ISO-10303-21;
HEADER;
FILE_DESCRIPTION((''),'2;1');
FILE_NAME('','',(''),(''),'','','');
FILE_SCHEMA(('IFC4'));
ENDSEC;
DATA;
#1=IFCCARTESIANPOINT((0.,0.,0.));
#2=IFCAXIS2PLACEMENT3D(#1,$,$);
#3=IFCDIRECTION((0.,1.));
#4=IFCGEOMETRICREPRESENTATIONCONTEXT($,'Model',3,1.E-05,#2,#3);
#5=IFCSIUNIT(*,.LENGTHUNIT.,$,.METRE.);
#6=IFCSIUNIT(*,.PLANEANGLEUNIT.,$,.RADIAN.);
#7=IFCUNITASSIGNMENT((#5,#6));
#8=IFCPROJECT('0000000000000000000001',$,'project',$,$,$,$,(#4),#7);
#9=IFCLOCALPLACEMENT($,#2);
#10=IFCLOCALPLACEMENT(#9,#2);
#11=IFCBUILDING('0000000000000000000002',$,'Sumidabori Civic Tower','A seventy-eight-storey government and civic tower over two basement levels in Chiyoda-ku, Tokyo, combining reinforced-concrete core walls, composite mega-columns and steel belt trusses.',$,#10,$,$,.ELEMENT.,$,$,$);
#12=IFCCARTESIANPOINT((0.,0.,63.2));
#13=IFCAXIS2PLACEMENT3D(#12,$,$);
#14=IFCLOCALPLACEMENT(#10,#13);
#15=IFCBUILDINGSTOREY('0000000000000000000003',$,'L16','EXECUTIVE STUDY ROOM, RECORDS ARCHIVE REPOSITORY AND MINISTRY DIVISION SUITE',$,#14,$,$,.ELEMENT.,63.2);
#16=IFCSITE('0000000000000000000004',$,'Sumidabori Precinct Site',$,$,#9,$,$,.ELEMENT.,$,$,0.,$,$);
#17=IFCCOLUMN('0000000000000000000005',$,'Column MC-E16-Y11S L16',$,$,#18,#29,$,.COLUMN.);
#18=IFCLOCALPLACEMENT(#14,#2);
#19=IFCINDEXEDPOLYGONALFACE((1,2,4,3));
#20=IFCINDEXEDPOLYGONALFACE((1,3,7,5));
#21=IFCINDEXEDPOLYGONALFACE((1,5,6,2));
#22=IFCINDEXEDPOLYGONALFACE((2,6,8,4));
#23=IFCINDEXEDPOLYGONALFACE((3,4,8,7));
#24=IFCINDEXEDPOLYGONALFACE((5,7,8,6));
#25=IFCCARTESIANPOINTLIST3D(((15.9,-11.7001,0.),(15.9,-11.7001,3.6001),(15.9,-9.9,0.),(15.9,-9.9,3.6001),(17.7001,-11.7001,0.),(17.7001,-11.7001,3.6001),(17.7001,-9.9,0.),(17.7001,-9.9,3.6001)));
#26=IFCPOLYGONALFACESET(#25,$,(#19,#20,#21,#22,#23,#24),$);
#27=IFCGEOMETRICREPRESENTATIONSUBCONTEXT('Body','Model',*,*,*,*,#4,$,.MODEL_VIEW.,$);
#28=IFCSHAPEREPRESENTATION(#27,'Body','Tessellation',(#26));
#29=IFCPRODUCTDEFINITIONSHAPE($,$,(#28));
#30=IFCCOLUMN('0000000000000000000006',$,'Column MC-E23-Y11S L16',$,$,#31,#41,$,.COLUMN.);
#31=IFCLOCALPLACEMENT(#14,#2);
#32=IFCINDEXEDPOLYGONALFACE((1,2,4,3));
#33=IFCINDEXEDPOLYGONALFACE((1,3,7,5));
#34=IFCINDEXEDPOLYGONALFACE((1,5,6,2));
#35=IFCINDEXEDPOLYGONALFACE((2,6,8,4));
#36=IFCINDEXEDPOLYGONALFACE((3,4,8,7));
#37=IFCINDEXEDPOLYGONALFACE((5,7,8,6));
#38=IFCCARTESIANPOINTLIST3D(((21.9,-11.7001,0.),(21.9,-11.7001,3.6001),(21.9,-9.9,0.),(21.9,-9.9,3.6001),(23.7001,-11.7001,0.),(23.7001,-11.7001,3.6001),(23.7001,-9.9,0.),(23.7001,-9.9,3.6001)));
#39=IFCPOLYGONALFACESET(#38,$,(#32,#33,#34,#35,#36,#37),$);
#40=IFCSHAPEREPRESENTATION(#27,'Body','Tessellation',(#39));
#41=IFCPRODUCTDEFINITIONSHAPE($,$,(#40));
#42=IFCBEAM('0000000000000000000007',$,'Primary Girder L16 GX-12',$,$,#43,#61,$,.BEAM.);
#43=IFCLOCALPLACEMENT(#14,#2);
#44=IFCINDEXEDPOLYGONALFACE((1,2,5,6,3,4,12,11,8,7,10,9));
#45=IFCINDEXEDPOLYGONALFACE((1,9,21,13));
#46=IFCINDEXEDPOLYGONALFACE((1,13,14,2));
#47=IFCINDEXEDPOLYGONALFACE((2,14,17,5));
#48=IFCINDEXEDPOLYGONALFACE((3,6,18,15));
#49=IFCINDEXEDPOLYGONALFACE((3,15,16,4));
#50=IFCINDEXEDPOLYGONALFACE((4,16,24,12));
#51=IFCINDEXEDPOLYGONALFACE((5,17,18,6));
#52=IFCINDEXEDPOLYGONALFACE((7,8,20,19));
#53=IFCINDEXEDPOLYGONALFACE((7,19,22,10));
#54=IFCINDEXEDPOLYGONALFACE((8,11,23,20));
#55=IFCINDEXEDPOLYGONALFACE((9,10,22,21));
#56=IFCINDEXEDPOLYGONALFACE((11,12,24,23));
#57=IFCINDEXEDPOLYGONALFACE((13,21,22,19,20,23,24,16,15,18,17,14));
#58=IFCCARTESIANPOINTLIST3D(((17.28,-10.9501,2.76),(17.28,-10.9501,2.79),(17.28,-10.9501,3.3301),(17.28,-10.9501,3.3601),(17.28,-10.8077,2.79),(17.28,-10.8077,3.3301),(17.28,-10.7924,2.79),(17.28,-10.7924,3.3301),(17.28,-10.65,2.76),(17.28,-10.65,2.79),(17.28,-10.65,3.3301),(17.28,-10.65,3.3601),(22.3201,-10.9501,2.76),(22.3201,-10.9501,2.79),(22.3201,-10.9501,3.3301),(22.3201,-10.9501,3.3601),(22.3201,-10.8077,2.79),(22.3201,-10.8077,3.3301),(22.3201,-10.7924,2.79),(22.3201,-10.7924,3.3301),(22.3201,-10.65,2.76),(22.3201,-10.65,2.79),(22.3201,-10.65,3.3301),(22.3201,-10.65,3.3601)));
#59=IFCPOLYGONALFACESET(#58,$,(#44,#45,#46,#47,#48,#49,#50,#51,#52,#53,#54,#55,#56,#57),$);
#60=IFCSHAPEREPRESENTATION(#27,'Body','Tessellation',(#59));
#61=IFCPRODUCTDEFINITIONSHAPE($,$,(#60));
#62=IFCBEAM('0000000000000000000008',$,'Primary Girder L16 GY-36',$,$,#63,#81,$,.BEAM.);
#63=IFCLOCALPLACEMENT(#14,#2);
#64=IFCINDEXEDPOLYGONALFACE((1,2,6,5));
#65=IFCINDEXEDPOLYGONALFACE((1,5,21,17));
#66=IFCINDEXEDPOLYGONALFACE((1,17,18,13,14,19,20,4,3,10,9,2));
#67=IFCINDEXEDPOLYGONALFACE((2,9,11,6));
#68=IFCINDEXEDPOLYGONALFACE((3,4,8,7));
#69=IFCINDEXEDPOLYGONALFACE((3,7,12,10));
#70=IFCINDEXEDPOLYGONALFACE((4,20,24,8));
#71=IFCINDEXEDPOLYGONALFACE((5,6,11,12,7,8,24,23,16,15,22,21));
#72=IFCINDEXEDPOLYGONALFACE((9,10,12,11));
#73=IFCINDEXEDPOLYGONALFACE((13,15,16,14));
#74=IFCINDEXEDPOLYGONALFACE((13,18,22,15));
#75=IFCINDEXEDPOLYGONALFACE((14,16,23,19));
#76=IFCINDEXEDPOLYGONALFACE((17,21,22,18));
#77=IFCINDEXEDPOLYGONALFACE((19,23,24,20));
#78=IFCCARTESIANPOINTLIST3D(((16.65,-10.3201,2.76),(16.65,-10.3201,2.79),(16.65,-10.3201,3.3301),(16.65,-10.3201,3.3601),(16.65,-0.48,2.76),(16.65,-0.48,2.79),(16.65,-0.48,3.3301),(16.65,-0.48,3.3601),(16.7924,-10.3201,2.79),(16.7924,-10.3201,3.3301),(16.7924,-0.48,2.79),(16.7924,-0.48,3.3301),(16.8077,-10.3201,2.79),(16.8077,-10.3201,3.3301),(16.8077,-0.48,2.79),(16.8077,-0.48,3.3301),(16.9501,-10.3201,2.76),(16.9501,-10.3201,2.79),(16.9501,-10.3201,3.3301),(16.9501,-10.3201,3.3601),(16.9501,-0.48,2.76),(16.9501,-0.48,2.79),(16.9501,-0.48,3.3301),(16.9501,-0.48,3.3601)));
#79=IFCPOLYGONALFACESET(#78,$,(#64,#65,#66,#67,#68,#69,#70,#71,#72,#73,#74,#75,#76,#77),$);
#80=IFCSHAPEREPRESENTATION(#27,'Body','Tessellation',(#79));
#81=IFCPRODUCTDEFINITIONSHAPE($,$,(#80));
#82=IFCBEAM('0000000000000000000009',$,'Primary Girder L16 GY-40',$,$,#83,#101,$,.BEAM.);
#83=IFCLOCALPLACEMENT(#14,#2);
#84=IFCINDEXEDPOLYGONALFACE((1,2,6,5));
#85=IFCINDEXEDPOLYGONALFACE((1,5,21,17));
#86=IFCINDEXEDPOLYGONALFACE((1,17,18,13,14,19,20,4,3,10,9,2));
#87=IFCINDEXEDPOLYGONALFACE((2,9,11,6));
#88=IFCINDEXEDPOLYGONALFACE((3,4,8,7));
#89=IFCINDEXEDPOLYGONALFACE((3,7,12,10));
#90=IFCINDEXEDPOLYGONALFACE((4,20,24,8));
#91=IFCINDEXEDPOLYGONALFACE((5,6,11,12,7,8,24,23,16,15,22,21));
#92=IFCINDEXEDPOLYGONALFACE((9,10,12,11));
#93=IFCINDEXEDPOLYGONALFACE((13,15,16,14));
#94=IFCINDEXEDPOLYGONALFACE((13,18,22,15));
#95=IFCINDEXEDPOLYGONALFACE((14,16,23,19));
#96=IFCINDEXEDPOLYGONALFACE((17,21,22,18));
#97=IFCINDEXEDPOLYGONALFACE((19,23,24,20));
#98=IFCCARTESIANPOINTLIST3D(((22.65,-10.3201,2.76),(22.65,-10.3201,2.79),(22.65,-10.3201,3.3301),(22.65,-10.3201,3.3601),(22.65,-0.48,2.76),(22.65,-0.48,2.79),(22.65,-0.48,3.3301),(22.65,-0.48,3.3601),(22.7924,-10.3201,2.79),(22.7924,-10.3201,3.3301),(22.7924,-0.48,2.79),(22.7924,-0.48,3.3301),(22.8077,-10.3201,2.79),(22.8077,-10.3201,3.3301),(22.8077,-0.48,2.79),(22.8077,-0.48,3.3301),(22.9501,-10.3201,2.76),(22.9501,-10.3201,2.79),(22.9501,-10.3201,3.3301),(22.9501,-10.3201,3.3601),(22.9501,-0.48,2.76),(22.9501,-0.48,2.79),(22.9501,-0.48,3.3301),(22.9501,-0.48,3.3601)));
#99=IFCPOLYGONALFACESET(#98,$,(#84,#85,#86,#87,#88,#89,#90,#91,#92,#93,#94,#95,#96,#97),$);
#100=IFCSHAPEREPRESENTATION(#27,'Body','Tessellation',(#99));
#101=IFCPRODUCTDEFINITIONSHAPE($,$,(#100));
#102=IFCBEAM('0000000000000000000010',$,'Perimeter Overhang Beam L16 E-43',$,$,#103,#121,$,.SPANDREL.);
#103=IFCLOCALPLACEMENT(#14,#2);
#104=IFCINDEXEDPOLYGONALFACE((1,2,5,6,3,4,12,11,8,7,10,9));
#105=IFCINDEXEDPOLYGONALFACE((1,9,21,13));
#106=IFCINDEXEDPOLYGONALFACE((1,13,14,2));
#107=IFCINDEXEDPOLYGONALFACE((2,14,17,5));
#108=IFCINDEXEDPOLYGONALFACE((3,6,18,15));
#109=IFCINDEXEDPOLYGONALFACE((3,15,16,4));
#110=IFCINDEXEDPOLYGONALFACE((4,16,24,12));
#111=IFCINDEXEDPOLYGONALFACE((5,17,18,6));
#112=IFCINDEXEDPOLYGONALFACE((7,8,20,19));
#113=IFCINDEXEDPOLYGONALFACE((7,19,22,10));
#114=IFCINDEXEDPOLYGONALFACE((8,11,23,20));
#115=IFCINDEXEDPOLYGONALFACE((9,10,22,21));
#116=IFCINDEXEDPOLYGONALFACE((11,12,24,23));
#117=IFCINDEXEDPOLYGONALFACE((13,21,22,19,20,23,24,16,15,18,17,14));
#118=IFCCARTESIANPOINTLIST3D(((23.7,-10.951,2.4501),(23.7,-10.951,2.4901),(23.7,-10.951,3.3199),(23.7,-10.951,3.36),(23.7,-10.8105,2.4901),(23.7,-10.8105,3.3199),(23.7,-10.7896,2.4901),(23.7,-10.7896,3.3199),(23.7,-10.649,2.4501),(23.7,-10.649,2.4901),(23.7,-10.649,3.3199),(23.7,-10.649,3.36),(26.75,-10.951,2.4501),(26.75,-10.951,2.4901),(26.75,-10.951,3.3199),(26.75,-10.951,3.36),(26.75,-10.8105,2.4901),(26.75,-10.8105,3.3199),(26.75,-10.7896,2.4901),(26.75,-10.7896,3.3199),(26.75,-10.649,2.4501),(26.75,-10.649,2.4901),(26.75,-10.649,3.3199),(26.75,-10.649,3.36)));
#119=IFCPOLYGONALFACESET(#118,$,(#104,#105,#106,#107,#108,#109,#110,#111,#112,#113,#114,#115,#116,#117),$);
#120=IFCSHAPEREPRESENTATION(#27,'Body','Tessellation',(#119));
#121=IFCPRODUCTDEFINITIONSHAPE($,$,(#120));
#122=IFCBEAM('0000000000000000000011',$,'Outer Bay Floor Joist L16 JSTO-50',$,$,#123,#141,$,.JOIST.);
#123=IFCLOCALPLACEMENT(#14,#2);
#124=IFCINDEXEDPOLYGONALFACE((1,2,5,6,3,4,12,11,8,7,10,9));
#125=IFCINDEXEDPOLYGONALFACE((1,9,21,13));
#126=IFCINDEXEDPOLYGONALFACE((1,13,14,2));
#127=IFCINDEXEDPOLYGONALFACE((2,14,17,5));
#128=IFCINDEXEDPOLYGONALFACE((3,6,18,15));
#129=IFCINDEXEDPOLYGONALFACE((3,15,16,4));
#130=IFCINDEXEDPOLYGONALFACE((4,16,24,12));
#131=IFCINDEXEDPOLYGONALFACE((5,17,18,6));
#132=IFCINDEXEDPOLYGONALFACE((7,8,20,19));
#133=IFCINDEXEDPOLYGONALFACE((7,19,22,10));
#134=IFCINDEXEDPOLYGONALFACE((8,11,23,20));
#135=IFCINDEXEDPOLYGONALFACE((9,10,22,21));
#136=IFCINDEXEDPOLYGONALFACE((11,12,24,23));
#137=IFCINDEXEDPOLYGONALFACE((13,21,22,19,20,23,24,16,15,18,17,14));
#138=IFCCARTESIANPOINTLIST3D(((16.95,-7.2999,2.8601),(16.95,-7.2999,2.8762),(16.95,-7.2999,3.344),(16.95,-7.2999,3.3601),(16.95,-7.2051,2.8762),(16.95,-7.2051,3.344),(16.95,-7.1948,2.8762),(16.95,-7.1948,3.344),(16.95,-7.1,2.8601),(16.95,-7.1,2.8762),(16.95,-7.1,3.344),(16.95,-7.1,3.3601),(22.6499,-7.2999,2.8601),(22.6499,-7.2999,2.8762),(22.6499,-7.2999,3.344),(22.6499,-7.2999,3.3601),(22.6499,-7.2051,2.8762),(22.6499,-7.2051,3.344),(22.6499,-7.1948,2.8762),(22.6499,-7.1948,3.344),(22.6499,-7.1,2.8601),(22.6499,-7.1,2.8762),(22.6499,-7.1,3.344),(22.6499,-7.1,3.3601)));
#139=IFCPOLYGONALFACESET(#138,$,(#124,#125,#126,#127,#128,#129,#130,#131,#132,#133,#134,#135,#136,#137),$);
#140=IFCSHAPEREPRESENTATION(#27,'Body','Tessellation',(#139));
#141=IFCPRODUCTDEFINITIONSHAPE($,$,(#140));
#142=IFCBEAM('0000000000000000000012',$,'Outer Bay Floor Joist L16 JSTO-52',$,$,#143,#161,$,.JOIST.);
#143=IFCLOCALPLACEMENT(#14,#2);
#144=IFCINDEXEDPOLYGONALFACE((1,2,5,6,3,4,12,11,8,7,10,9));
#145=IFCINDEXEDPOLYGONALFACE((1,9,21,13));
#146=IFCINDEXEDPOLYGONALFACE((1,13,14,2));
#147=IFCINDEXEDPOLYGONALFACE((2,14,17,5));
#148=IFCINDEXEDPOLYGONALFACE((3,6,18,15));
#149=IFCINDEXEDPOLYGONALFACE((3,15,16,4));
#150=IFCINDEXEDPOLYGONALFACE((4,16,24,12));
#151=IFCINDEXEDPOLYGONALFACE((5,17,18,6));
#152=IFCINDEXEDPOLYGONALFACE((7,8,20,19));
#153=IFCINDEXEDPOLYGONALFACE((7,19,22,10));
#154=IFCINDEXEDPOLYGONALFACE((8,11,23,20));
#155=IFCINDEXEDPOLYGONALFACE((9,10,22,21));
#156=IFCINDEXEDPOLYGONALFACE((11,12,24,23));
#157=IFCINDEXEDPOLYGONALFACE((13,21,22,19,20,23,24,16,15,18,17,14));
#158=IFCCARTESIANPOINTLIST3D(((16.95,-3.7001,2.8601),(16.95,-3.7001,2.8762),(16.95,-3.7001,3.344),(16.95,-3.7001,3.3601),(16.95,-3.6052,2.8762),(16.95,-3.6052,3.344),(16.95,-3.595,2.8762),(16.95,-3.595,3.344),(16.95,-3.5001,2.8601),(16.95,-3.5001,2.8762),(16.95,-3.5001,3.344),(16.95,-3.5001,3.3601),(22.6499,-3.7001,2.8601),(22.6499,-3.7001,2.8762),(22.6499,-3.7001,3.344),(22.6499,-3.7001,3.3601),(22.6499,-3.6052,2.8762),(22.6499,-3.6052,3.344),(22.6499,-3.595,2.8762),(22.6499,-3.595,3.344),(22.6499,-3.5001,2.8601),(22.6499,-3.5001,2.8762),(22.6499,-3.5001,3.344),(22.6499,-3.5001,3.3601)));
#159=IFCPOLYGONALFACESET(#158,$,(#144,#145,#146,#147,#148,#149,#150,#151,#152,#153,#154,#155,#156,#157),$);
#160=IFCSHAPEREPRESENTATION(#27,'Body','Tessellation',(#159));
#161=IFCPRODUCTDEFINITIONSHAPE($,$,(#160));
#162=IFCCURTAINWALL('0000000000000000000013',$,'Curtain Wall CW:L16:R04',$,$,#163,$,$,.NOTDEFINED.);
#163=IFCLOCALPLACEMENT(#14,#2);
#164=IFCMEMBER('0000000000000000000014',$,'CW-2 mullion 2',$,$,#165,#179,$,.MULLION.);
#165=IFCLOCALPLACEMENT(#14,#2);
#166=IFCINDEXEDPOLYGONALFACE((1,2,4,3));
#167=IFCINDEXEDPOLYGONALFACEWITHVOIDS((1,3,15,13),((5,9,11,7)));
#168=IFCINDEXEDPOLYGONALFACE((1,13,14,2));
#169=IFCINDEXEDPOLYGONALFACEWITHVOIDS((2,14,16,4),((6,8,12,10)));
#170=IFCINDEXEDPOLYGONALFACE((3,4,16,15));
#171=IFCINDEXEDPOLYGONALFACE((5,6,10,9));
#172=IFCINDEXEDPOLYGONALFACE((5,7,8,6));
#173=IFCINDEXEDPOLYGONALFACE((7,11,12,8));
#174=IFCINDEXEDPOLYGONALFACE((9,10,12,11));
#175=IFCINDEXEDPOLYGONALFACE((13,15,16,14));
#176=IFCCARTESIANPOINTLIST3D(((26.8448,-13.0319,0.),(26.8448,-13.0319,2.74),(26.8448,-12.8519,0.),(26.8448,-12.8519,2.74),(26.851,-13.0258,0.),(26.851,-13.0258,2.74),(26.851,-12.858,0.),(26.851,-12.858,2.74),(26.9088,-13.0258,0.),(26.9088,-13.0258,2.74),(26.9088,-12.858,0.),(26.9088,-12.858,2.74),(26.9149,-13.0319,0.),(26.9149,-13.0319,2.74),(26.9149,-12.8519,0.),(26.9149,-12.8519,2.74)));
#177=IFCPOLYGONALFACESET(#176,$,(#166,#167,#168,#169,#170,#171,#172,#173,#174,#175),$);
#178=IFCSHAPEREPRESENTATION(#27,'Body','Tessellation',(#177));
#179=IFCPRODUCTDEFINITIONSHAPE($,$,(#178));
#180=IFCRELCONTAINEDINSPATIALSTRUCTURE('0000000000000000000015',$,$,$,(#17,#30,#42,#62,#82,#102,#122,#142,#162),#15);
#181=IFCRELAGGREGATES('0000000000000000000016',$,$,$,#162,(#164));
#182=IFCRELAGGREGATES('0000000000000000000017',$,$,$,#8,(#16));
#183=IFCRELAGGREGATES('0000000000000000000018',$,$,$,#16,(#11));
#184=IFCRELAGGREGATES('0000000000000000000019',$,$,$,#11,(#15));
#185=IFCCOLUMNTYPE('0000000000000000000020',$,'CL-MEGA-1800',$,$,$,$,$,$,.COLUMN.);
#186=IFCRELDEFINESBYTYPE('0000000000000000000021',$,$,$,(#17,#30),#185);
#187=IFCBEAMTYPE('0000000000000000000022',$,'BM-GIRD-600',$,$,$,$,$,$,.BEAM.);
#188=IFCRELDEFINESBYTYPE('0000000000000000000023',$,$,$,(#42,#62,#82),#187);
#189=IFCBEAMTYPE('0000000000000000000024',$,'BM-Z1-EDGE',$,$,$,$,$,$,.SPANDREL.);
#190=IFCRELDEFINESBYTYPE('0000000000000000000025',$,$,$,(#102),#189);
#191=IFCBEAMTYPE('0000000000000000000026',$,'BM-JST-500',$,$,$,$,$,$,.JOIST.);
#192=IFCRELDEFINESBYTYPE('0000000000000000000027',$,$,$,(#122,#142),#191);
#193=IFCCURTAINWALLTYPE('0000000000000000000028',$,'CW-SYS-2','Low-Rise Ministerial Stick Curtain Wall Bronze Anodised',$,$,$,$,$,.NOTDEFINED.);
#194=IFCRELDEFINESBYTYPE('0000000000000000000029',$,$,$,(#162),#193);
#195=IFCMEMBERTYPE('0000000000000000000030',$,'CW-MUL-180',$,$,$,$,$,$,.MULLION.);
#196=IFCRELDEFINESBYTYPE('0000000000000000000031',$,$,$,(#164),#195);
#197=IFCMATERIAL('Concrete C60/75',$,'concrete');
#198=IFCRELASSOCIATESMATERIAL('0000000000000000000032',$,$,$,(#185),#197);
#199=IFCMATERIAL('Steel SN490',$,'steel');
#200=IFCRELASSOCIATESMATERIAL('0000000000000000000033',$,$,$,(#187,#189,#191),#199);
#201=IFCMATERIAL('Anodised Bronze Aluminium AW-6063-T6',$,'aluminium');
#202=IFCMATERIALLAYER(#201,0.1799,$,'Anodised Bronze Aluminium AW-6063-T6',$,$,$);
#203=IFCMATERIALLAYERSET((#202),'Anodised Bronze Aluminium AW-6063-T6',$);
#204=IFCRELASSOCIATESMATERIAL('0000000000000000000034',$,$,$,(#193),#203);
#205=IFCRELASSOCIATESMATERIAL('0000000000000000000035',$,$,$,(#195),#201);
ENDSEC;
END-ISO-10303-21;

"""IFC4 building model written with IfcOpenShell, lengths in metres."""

from ifc_helpers import new_model, si_unit, direction, frame, origin, origin_2d, place, context, subcontext, project, spatial, rectangle, hollow_rectangle, i_section, extrude, source, transform, mapped, material, layer, layer_set, material_profile, profile_set, type_object, element, aggregate, save


model = new_model("IFC4")

# Units and contexts
model_context = context("Model", 3, precision=1e-05, world=origin(), true_north=direction((0.0, 1.0)))
body_context = subcontext(model_context, "Body", "Model", "MODEL_VIEW")
ifc_project = project(units=[si_unit("LENGTHUNIT", "METRE"), si_unit("PLANEANGLEUNIT", "RADIAN")], contexts=[model_context])

# Site, building, storey
site_placement = place(None, origin())
site = spatial("IfcSite", under=ifc_project, at=site_placement, Name="Sumidabori Precinct Site", CompositionType="ELEMENT", RefElevation=0.0)
building_placement = place(site_placement, origin())
building = spatial("IfcBuilding", under=site, at=building_placement, Name="Sumidabori Civic Tower", Description="A seventy-eight-storey government and civic tower over two basement levels in Chiyoda-ku, Tokyo, combining reinforced-concrete core walls, composite mega-columns and steel belt trusses.", CompositionType="ELEMENT")
storey_placement = place(building_placement, frame((0.0, 0.0, 63.2)))
storey = spatial("IfcBuildingStorey", under=building, at=storey_placement, Name="L16", Description="EXECUTIVE STUDY ROOM, RECORDS ARCHIVE REPOSITORY AND MINISTRY DIVISION SUITE", CompositionType="ELEMENT", Elevation=63.2)

# Columns
ifc_material_1 = material(Name="Concrete C60/75", Category="concrete")
ifc_material_profile_1 = material_profile(ifc_material_1, rectangle(XDim=1.8, YDim=1.8, at=origin_2d()), Name="RC 1800x1800")
ifc_profile_set_1 = profile_set([ifc_material_profile_1], Name="Concrete C60/75")
column_type = type_object("IfcColumnType", Name="CL-MEGA-1800", PredefinedType="COLUMN", material=ifc_profile_set_1)
shared_shape_1 = source(origin(), body_context, "Body", "SweptSolid", [
    extrude(rectangle(XDim=1.8, YDim=1.8, at=origin_2d()), origin(), (0.0, 0.0, 1.0), 3.6001),
])
for number, where, z_axis, x_axis, name in (
    (1, (16.8, -10.8, 0.0), (0.0, 0.0, 1.0), (1.0, 0.0, 0.0), "Column MC-E16-Y11S L16"),
    (2, (22.8, -10.8, 0.0), (0.0, 0.0, 1.0), (1.0, 0.0, 0.0), "Column MC-E23-Y11S L16"),
):
    element("IfcColumn", number, at=place(storey_placement, frame(where, z_axis=z_axis, x_axis=x_axis)), inside=storey, type_object=column_type, Name=name, PredefinedType="COLUMN", context=body_context, shape_type="MappedRepresentation", body=[
        mapped(shared_shape_1, transform((0.0, 0.0, 0.0), x_axis=(1.0, 0.0, 0.0), y_axis=(0.0, 1.0, 0.0), z_axis=(0.0, 0.0, 1.0), scale=1.0)),
    ])

# Beams
ifc_material_2 = material(Name="Steel SN490", Category="steel")
ifc_material_profile_2 = material_profile(ifc_material_2, i_section(OverallWidth=0.3, OverallDepth=0.6001, WebThickness=0.0154, FlangeThickness=0.03, at=origin_2d()), Name="HE 600 B")
ifc_profile_set_2 = profile_set([ifc_material_profile_2], Name="Steel SN490")
beam_type_1 = type_object("IfcBeamType", Name="BM-GIRD-600", PredefinedType="BEAM", material=ifc_profile_set_2)
shared_shape_2 = source(origin(), body_context, "Body", "SweptSolid", [
    extrude(i_section(OverallWidth=0.3, OverallDepth=0.6001, WebThickness=0.0154, FlangeThickness=0.03, at=origin_2d()), origin(), (0.0, 0.0, 1.0), 5.04),
])
beam_1_placement = place(storey_placement, frame((17.28, -10.8, 3.0601), z_axis=(1.0, 0.0, 0.0), x_axis=(0.0, 1.0, 0.0)))
element("IfcBeam", 3, at=beam_1_placement, inside=storey, type_object=beam_type_1, Name="Primary Girder L16 GX-12", PredefinedType="BEAM", context=body_context, shape_type="MappedRepresentation", body=[
    mapped(shared_shape_2, transform((0.0, 0.0, 0.0), x_axis=(1.0, 0.0, 0.0), y_axis=(0.0, 1.0, 0.0), z_axis=(0.0, 0.0, 1.0), scale=1.0)),
])
shared_shape_3 = source(origin(), body_context, "Body", "SweptSolid", [
    extrude(i_section(OverallWidth=0.3, OverallDepth=0.6001, WebThickness=0.0154, FlangeThickness=0.03, at=origin_2d()), origin(), (0.0, 0.0, 1.0), 9.8401),
])
for number, where, z_axis, x_axis, name in (
    (4, (16.8, -10.3201, 3.0601), (0.0, 1.0, 0.0), (-1.0, 0.0, 0.0), "Primary Girder L16 GY-36"),
    (5, (22.8, -10.3201, 3.0601), (0.0, 1.0, 0.0), (-1.0, 0.0, 0.0), "Primary Girder L16 GY-40"),
):
    element("IfcBeam", number, at=place(storey_placement, frame(where, z_axis=z_axis, x_axis=x_axis)), inside=storey, type_object=beam_type_1, Name=name, PredefinedType="BEAM", context=body_context, shape_type="MappedRepresentation", body=[
        mapped(shared_shape_3, transform((0.0, 0.0, 0.0), x_axis=(1.0, 0.0, 0.0), y_axis=(0.0, 1.0, 0.0), z_axis=(0.0, 0.0, 1.0), scale=1.0)),
    ])
ifc_material_profile_3 = material_profile(ifc_material_2, i_section(OverallWidth=0.302, OverallDepth=0.9099, WebThickness=0.021, FlangeThickness=0.04, at=origin_2d()), Name="HE 900 M")
ifc_profile_set_3 = profile_set([ifc_material_profile_3], Name="Steel SN490")
beam_type_2 = type_object("IfcBeamType", Name="BM-Z1-EDGE", PredefinedType="SPANDREL", material=ifc_profile_set_3)
shared_shape_4 = source(origin(), body_context, "Body", "SweptSolid", [
    extrude(i_section(OverallWidth=0.302, OverallDepth=0.9099, WebThickness=0.021, FlangeThickness=0.04, at=origin_2d()), origin(), (0.0, 0.0, 1.0), 3.05),
])
beam_2_placement = place(storey_placement, frame((23.7, -10.8, 2.905), z_axis=(1.0, 0.0, 0.0), x_axis=(0.0, 1.0, 0.0)))
element("IfcBeam", 6, at=beam_2_placement, inside=storey, type_object=beam_type_2, Name="Perimeter Overhang Beam L16 E-43", PredefinedType="SPANDREL", context=body_context, shape_type="MappedRepresentation", body=[
    mapped(shared_shape_4, transform((0.0, 0.0, 0.0), x_axis=(1.0, 0.0, 0.0), y_axis=(0.0, 1.0, 0.0), z_axis=(0.0, 0.0, 1.0), scale=1.0)),
])
ifc_material_profile_4 = material_profile(ifc_material_2, i_section(OverallWidth=0.2, OverallDepth=0.5, WebThickness=0.0103, FlangeThickness=0.0161, at=origin_2d()), Name="IPE 500")
ifc_profile_set_4 = profile_set([ifc_material_profile_4], Name="Steel SN490")
beam_type_3 = type_object("IfcBeamType", Name="BM-JST-500", PredefinedType="JOIST", material=ifc_profile_set_4)
shared_shape_5 = source(origin(), body_context, "Body", "SweptSolid", [
    extrude(i_section(OverallWidth=0.2, OverallDepth=0.5, WebThickness=0.0103, FlangeThickness=0.0161, at=origin_2d()), origin(), (0.0, 0.0, 1.0), 5.7),
])
for number, where, z_axis, x_axis, name in (
    (7, (16.95, -7.2, 3.1101), (1.0, 0.0, 0.0), (0.0, 1.0, 0.0), "Outer Bay Floor Joist L16 JSTO-50"),
    (8, (16.95, -3.6001, 3.1101), (1.0, 0.0, 0.0), (0.0, 1.0, 0.0), "Outer Bay Floor Joist L16 JSTO-52"),
):
    element("IfcBeam", number, at=place(storey_placement, frame(where, z_axis=z_axis, x_axis=x_axis)), inside=storey, type_object=beam_type_3, Name=name, PredefinedType="JOIST", context=body_context, shape_type="MappedRepresentation", body=[
        mapped(shared_shape_5, transform((0.0, 0.0, 0.0), x_axis=(1.0, 0.0, 0.0), y_axis=(0.0, 1.0, 0.0), z_axis=(0.0, 0.0, 1.0), scale=1.0)),
    ])

# Curtain wall, member
ifc_material_3 = material(Name="Anodised Bronze Aluminium AW-6063-T6", Category="aluminium")
ifc_layer_1 = layer(ifc_material_3, 0.1799, Name="Anodised Bronze Aluminium AW-6063-T6")
ifc_layer_set_1 = layer_set([ifc_layer_1], Name="Anodised Bronze Aluminium AW-6063-T6")
curtain_wall_type = type_object("IfcCurtainWallType", Name="CW-SYS-2", Description="Low-Rise Ministerial Stick Curtain Wall Bronze Anodised", PredefinedType="NOTDEFINED", material=ifc_layer_set_1)
curtain_wall_placement = place(storey_placement, origin())
curtain_wall = element("IfcCurtainWall", 9, at=curtain_wall_placement, inside=storey, type_object=curtain_wall_type, Name="Curtain Wall CW:L16:R04", PredefinedType="NOTDEFINED")
ifc_material_profile_5 = material_profile(ifc_material_3, hollow_rectangle(XDim=0.0701, YDim=0.1799, WallThickness=0.0061, at=origin_2d()), Name="ALU MULLION 180x70")
ifc_profile_set_5 = profile_set([ifc_material_profile_5], Name="Anodised Bronze Aluminium AW-6063-T6")
member_type_1 = type_object("IfcMemberType", Name="CW-MUL-180", PredefinedType="MULLION", material=ifc_profile_set_5)
shared_shape_6 = source(origin(), body_context, "Body", "SweptSolid", [
    extrude(hollow_rectangle(XDim=0.0701, YDim=0.1799, WallThickness=0.0061, at=origin_2d()), origin(), (0.0, 0.0, 1.0), 2.74),
])
member_1_placement = place(storey_placement, frame((26.8799, -12.9419, 0.0), z_axis=(0.0, 0.0, 1.0), x_axis=(-1.0, 0.0, 0.0)))
member_1 = element("IfcMember", 10, at=member_1_placement, type_object=member_type_1, Name="CW-2 mullion 2", PredefinedType="MULLION", context=body_context, shape_type="MappedRepresentation", body=[
    mapped(shared_shape_6, transform((0.0, 0.0, 0.0), x_axis=(1.0, 0.0, 0.0), y_axis=(0.0, 1.0, 0.0), z_axis=(0.0, 0.0, 1.0), scale=1.0)),
])
aggregate(curtain_wall, [member_1])

save(model, "model.ifc")
